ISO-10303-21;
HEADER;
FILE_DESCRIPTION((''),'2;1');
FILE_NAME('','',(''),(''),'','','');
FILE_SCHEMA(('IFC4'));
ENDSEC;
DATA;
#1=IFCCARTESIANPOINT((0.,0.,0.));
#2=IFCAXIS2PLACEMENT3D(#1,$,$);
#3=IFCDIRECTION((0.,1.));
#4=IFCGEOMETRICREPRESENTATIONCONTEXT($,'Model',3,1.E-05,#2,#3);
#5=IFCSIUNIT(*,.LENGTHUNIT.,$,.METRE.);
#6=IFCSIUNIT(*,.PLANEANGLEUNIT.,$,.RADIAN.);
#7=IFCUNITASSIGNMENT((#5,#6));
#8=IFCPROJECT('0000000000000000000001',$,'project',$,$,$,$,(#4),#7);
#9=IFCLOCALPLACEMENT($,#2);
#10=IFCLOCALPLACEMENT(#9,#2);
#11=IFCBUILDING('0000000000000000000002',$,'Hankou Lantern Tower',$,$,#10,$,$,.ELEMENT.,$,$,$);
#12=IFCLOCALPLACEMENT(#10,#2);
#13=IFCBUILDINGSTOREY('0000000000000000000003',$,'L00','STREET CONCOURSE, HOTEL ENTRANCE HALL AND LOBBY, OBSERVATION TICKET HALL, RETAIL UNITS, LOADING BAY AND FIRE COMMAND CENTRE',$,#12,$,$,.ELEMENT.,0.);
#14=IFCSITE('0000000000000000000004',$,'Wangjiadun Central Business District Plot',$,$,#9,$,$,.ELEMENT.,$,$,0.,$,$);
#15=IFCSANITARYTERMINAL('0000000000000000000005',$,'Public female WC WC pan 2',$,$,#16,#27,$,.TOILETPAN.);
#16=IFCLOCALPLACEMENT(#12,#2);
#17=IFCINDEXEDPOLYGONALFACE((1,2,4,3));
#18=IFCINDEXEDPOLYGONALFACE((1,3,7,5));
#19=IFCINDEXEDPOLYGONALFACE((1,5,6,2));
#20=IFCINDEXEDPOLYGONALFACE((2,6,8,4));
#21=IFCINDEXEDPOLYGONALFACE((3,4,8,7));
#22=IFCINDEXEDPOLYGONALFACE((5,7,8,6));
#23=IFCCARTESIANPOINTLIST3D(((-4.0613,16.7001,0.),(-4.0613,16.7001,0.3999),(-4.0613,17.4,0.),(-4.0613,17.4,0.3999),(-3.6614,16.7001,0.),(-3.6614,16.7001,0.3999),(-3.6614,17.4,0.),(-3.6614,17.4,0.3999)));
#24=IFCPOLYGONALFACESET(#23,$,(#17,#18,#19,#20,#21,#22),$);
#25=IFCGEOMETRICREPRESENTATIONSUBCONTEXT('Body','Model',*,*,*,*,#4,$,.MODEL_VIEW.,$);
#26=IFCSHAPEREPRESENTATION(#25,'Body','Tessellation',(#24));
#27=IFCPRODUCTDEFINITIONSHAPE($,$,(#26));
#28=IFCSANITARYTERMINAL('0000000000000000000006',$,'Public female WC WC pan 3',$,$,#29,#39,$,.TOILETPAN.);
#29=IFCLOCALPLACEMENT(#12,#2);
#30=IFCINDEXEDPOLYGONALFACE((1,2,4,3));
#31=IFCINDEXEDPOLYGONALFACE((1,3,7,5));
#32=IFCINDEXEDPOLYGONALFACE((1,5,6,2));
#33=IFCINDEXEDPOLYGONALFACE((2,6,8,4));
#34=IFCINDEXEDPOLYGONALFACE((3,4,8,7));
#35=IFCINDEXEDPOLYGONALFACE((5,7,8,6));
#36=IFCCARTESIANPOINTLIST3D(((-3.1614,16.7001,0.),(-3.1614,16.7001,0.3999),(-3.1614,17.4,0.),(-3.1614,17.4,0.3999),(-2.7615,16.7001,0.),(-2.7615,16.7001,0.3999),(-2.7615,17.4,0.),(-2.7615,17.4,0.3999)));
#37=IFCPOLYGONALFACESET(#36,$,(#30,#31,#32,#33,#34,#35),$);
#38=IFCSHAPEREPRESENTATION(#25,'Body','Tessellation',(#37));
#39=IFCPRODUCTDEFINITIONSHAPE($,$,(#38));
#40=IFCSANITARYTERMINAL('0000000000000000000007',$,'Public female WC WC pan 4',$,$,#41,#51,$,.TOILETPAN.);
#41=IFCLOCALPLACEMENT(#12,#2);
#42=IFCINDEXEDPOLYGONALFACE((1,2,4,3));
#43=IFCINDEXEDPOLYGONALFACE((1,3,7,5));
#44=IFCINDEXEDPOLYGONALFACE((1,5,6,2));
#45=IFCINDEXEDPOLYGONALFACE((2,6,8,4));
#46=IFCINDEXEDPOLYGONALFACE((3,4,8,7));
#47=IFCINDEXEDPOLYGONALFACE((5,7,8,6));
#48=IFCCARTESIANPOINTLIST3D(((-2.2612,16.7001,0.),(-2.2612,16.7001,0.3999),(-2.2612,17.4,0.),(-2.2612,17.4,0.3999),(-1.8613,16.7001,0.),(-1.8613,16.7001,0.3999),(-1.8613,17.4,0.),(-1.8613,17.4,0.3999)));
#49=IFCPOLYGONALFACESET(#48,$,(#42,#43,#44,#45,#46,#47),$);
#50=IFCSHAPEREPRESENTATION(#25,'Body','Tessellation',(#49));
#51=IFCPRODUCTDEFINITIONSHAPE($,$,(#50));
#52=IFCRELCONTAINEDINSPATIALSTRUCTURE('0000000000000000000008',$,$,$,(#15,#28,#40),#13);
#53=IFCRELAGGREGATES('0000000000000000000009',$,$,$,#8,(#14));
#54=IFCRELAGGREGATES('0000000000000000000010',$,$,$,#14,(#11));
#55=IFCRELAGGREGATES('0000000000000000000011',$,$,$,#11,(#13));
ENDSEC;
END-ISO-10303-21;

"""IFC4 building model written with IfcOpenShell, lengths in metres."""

from ifc_helpers import new_model, si_unit, direction, frame, origin, origin_2d, place, context, subcontext, project, spatial, rectangle, extrude, element, save


model = new_model("IFC4")

# Units and contexts
model_context = context("Model", 3, precision=1e-05, world=origin(), true_north=direction((0.0, 1.0)))
body_context = subcontext(model_context, "Body", "Model", "MODEL_VIEW")
ifc_project = project(units=[si_unit("LENGTHUNIT", "METRE"), si_unit("PLANEANGLEUNIT", "RADIAN")], contexts=[model_context])

# Site, building, storey
site_placement = place(None, origin())
site = spatial("IfcSite", under=ifc_project, at=site_placement, Name="Wangjiadun Central Business District Plot", CompositionType="ELEMENT", RefElevation=0.0)
building_placement = place(site_placement, origin())
building = spatial("IfcBuilding", under=site, at=building_placement, Name="Hankou Lantern Tower", CompositionType="ELEMENT")
storey_placement = place(building_placement, origin())
storey = spatial("IfcBuildingStorey", under=building, at=storey_placement, Name="L00", Description="STREET CONCOURSE, HOTEL ENTRANCE HALL AND LOBBY, OBSERVATION TICKET HALL, RETAIL UNITS, LOADING BAY AND FIRE COMMAND CENTRE", CompositionType="ELEMENT", Elevation=0.0)

# Sanitary terminals
for number, where, z_axis, x_axis, name in (
    (1, (-3.8613, 17.05, 0.0), (0.0, 0.0, 1.0), (1.0, 0.0, 0.0), "Public female WC WC pan 2"),
    (2, (-2.9614, 17.05, 0.0), (0.0, 0.0, 1.0), (1.0, 0.0, 0.0), "Public female WC WC pan 3"),
    (3, (-2.0613, 17.05, 0.0), (0.0, 0.0, 1.0), (1.0, 0.0, 0.0), "Public female WC WC pan 4"),
):
    element("IfcSanitaryTerminal", number, at=place(storey_placement, frame(where, z_axis=z_axis, x_axis=x_axis)), inside=storey, Name=name, PredefinedType="TOILETPAN", context=body_context, shape_type="SweptSolid", body=[
        extrude(rectangle(XDim=0.3999, YDim=0.7, at=origin_2d()), origin(), (0.0, 0.0, 1.0), 0.3999),
    ])

save(model, "model.ifc")
